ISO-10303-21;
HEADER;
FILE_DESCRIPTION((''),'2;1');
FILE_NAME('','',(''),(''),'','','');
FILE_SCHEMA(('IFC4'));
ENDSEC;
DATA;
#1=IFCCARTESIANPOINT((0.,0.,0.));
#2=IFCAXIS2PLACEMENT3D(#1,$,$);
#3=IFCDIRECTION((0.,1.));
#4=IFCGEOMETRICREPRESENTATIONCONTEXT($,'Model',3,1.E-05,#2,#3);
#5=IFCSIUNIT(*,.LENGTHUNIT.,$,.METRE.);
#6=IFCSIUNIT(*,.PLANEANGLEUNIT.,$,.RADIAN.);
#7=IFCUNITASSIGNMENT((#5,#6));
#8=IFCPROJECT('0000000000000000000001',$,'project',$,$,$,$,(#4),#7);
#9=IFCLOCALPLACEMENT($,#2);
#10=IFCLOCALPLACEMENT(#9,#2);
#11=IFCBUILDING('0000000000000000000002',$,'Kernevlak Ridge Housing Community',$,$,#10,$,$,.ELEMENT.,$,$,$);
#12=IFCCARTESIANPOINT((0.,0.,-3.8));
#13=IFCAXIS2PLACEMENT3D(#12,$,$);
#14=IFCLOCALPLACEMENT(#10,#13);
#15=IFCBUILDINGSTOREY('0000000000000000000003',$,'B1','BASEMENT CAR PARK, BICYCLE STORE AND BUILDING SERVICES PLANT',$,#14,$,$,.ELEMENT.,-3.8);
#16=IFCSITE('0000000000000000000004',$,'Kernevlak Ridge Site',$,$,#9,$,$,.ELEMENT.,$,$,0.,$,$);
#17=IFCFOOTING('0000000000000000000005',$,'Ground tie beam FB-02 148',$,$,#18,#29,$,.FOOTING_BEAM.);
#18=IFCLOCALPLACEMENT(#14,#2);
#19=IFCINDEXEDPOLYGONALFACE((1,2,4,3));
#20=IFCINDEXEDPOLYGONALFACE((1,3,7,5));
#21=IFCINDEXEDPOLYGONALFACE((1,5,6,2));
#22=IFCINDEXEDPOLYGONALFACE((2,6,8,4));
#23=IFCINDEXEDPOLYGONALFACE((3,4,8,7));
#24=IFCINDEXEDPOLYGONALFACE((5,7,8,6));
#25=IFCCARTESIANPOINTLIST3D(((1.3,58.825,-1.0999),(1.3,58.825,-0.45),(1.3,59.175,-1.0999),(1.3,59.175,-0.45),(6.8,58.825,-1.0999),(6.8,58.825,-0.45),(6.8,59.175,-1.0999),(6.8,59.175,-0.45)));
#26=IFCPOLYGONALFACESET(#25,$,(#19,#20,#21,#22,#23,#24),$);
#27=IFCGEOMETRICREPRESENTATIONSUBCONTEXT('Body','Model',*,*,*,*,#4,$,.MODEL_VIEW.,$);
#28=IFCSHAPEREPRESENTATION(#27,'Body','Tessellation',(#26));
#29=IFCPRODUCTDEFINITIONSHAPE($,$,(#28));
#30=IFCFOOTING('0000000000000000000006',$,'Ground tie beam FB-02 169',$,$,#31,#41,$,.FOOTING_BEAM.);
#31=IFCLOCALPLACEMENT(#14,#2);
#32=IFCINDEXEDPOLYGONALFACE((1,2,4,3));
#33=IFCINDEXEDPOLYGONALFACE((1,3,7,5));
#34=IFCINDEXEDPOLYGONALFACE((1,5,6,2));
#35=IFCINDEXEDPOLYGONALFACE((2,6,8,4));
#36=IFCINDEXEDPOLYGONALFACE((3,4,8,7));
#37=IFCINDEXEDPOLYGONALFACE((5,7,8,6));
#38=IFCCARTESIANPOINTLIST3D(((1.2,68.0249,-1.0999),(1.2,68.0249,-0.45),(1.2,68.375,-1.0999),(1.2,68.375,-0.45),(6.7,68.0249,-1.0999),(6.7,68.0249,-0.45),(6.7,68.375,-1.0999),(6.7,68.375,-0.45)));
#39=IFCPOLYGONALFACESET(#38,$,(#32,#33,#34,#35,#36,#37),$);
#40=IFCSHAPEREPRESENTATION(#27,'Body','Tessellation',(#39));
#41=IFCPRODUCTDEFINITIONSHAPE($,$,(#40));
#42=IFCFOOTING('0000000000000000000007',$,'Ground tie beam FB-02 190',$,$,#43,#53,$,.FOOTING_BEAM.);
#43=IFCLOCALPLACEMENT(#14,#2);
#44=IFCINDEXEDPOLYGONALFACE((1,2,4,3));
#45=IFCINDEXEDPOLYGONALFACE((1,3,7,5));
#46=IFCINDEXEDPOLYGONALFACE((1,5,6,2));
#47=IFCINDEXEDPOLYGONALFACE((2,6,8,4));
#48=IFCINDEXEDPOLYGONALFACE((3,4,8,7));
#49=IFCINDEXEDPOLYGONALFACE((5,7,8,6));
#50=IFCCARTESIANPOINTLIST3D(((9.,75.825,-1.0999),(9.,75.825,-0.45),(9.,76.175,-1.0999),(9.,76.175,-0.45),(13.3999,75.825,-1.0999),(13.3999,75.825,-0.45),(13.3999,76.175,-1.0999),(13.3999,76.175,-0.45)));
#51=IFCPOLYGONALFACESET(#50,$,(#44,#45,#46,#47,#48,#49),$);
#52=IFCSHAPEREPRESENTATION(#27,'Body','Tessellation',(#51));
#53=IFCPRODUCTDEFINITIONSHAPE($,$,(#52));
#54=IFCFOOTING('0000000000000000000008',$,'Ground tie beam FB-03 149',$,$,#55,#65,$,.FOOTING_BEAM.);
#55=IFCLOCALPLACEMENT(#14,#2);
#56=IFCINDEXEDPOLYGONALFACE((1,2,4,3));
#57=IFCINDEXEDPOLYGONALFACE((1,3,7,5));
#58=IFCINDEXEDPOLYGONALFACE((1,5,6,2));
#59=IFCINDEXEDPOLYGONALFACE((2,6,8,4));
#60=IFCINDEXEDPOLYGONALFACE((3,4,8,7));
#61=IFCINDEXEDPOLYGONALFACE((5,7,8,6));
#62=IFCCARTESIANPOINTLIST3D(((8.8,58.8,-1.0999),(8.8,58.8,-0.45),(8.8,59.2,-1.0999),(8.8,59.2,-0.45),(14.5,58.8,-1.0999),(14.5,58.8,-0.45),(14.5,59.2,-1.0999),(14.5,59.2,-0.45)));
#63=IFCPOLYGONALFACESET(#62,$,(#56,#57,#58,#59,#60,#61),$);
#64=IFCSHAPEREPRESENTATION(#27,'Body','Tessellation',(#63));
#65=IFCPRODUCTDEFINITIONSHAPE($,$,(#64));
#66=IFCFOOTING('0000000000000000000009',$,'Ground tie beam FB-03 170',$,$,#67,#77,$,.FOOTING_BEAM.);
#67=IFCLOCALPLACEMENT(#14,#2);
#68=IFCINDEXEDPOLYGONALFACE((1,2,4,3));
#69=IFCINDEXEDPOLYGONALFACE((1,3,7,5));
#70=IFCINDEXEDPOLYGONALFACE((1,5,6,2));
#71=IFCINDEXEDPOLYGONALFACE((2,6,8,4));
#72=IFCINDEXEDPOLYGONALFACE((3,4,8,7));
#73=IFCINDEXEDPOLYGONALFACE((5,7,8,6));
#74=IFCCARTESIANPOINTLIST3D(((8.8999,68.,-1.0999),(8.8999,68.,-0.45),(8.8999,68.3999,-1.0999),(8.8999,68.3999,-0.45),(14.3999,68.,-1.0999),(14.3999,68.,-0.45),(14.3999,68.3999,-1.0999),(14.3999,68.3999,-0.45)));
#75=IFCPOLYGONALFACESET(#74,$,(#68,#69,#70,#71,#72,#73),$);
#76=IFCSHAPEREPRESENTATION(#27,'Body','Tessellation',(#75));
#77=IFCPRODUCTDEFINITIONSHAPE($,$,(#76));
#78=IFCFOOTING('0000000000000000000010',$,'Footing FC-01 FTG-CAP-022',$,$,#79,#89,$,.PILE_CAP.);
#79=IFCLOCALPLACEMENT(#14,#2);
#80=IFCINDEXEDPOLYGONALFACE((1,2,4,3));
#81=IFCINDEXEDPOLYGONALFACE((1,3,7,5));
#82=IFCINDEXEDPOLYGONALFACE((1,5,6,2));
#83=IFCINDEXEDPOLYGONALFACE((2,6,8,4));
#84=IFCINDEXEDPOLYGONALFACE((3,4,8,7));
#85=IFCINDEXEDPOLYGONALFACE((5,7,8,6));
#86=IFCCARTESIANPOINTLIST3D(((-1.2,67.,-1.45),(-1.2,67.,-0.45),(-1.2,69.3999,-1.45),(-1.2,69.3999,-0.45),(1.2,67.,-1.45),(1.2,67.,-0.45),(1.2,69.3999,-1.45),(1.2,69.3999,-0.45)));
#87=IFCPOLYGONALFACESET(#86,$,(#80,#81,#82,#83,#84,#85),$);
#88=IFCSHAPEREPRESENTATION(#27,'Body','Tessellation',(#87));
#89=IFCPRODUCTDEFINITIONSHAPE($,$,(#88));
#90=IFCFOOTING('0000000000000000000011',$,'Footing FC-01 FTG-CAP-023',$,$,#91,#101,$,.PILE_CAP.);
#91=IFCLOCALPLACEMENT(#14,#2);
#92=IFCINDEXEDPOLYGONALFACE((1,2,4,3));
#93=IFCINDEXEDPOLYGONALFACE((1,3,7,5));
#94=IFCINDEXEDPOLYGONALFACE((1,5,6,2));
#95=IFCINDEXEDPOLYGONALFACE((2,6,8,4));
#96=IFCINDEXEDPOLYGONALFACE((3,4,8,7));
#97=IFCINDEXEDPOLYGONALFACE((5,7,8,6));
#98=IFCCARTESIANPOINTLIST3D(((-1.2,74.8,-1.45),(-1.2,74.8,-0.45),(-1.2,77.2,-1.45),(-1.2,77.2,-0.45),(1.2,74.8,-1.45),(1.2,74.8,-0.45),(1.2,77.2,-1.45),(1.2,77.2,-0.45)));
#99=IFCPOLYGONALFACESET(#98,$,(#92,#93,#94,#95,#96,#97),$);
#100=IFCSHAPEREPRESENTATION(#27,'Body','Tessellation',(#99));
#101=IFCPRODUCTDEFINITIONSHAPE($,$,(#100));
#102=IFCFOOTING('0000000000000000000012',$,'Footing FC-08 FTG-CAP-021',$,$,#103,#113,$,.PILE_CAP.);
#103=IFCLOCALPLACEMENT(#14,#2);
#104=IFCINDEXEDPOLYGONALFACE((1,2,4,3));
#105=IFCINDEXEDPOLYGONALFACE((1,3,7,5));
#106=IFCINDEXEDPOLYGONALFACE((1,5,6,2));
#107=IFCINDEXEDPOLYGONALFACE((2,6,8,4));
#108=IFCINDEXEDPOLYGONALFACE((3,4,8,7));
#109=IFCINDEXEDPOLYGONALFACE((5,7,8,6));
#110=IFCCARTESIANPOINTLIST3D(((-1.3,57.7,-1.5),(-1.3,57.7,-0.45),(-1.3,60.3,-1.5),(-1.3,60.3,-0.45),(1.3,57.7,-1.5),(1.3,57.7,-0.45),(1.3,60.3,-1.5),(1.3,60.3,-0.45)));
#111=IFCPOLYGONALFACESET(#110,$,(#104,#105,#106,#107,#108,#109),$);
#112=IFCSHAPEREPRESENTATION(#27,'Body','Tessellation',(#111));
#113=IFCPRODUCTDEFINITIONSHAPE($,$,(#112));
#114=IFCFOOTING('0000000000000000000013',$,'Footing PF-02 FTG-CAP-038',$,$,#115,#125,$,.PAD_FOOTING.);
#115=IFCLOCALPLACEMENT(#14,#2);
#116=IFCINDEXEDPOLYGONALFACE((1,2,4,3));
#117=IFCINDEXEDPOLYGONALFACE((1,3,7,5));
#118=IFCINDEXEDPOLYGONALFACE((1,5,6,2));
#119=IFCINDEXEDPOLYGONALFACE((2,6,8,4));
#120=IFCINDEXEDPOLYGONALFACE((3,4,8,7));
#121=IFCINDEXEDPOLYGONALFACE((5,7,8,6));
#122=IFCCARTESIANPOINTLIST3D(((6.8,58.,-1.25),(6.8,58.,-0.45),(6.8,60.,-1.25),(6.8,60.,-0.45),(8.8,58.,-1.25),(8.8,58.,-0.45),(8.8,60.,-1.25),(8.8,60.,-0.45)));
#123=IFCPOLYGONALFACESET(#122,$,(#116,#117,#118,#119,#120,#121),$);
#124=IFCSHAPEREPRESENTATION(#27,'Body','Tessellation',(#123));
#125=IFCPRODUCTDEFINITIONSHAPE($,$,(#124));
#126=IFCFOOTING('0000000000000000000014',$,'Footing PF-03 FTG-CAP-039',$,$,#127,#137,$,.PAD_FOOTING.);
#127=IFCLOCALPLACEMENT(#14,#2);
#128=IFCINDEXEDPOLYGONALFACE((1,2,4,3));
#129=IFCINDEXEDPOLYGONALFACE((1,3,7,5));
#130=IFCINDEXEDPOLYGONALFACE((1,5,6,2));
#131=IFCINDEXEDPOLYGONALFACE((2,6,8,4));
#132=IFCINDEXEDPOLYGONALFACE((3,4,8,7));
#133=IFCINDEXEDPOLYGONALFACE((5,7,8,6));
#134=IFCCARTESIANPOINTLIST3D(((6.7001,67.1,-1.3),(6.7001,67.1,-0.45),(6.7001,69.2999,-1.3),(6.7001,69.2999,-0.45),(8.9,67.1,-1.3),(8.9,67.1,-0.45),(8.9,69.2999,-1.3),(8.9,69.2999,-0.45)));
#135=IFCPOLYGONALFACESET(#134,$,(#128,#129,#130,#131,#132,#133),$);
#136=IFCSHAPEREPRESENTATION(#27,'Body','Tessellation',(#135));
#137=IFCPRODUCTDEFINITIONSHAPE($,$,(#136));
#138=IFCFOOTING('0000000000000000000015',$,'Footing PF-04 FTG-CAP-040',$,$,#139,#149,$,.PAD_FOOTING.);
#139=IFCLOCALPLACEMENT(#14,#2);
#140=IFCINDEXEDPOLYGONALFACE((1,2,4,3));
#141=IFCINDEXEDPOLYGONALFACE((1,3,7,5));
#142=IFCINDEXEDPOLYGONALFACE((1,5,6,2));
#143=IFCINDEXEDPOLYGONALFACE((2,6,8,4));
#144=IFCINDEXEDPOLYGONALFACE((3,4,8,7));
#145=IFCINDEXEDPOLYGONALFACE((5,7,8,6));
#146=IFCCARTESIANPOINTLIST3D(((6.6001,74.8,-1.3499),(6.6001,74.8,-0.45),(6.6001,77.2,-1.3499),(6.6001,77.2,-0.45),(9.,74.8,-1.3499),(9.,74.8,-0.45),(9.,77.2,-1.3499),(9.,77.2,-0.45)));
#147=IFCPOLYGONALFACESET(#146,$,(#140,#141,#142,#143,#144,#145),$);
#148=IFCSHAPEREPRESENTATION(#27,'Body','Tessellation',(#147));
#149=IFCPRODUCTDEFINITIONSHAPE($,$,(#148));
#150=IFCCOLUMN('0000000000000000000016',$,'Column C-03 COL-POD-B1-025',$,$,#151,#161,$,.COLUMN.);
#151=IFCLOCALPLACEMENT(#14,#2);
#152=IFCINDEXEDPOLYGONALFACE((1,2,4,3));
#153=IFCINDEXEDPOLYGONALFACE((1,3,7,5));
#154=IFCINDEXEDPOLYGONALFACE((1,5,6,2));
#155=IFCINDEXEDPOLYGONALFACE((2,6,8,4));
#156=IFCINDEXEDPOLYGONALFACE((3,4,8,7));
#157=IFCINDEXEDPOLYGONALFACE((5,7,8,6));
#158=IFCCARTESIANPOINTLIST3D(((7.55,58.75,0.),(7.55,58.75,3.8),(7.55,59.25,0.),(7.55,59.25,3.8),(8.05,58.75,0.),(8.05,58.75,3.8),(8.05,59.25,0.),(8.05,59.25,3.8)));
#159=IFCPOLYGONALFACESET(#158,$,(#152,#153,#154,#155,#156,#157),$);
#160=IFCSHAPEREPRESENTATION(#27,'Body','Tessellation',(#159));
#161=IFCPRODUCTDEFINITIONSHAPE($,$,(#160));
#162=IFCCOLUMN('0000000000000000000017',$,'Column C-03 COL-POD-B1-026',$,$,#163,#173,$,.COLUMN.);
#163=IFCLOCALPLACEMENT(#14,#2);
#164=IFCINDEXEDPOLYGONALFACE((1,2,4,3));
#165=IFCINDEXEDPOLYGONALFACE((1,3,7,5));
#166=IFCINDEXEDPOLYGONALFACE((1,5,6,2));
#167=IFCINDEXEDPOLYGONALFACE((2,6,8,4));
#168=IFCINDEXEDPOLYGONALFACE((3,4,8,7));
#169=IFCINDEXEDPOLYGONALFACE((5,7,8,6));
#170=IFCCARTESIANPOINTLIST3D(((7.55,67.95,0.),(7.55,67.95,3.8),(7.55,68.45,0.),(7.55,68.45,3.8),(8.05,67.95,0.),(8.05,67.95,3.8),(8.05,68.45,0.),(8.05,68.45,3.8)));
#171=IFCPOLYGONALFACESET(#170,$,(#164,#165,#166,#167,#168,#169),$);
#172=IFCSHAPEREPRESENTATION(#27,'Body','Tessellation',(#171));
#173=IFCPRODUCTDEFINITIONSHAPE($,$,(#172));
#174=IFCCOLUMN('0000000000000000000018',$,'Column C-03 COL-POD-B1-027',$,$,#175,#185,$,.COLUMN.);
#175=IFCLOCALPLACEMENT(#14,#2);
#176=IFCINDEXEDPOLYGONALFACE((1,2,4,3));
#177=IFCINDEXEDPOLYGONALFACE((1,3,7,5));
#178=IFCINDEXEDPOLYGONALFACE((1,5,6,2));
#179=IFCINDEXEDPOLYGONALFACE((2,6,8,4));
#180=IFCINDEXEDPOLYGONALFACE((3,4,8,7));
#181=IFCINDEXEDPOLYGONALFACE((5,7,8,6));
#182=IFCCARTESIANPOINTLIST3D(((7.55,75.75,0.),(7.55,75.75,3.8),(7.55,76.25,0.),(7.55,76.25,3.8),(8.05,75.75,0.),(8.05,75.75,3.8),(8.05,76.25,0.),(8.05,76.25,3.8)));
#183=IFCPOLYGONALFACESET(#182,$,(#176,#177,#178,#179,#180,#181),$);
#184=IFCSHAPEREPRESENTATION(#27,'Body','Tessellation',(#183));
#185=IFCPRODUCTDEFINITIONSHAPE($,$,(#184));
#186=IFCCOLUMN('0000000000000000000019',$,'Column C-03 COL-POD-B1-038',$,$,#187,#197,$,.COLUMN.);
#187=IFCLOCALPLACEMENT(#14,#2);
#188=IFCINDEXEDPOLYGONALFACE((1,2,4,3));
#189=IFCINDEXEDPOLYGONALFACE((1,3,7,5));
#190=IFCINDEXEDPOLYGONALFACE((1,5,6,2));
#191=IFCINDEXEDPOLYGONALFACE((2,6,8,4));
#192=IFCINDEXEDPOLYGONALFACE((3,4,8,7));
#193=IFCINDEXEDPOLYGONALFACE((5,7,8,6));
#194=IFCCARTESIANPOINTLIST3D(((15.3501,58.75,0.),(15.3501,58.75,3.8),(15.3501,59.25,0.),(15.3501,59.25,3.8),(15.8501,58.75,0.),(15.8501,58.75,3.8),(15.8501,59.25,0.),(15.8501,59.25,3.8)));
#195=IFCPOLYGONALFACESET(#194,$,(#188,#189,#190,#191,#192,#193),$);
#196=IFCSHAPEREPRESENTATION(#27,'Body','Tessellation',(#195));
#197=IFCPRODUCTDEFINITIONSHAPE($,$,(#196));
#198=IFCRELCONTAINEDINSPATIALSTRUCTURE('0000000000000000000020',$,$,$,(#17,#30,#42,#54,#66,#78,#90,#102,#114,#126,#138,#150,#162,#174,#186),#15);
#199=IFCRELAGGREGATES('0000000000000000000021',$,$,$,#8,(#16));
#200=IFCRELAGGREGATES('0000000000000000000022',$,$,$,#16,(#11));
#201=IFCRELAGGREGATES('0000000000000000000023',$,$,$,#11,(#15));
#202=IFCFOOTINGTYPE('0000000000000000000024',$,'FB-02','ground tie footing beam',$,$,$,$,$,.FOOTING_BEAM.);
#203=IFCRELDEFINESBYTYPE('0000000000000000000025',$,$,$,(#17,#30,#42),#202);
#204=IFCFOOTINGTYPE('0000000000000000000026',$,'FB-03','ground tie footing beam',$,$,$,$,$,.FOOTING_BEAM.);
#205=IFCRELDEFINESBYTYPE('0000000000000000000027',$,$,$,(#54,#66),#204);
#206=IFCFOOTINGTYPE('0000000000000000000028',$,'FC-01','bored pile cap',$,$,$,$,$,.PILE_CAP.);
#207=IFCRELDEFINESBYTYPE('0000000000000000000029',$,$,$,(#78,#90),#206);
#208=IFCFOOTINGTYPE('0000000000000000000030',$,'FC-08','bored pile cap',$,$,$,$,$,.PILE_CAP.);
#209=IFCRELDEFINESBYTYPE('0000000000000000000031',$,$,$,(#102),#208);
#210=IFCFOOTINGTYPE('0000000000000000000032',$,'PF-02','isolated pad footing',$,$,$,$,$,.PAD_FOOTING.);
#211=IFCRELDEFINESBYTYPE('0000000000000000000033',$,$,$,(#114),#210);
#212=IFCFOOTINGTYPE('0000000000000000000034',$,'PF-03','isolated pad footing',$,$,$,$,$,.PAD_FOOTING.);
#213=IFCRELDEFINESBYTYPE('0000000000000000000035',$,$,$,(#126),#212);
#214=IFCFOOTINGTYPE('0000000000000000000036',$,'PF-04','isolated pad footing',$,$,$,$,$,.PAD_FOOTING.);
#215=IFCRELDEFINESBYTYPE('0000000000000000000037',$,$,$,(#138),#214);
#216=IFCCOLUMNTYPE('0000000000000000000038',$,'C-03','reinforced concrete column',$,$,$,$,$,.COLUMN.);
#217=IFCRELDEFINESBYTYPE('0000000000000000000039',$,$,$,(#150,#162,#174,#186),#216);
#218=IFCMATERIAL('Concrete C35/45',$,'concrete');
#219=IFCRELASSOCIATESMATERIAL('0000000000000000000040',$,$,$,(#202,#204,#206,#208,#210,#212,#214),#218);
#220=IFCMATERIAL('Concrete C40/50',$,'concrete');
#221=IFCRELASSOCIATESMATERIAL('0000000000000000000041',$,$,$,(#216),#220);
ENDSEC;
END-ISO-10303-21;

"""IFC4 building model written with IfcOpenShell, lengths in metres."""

from ifc_helpers import new_model, si_unit, direction, frame, origin, origin_2d, place, context, subcontext, project, spatial, rectangle, extrude, material, material_profile, profile_set, type_object, element, save


model = new_model("IFC4")

# Units and contexts
model_context = context("Model", 3, precision=1e-05, world=origin(), true_north=direction((0.0, 1.0)))
body_context = subcontext(model_context, "Body", "Model", "MODEL_VIEW")
ifc_project = project(units=[si_unit("LENGTHUNIT", "METRE"), si_unit("PLANEANGLEUNIT", "RADIAN")], contexts=[model_context])

# Site, building, storey
site_placement = place(None, origin())
site = spatial("IfcSite", under=ifc_project, at=site_placement, Name="Kernevlak Ridge Site", CompositionType="ELEMENT", RefElevation=0.0)
building_placement = place(site_placement, origin())
building = spatial("IfcBuilding", under=site, at=building_placement, Name="Kernevlak Ridge Housing Community", CompositionType="ELEMENT")
storey_placement = place(building_placement, frame((0.0, 0.0, -3.8)))
storey = spatial("IfcBuildingStorey", under=building, at=storey_placement, Name="B1", Description="BASEMENT CAR PARK, BICYCLE STORE AND BUILDING SERVICES PLANT", CompositionType="ELEMENT", Elevation=-3.8)

# Shared definitions
ifc_material_1 = material(Name="Concrete C35/45", Category="concrete")

# Footings
ifc_material_profile_1 = material_profile(ifc_material_1, rectangle(XDim=0.3501, YDim=0.6499, at=origin_2d()), Name="RC 350x650")
ifc_profile_set_1 = profile_set([ifc_material_profile_1], Name="Concrete C35/45")
footing_type_1 = type_object("IfcFootingType", Name="FB-02", Description="ground tie footing beam", PredefinedType="FOOTING_BEAM", material=ifc_profile_set_1)
for number, where, z_axis, x_axis, name in (
    (1, (1.3, 59.0, -0.7749), (1.0, 0.0, 0.0), (0.0, 1.0, 0.0), "Ground tie beam FB-02 148"),
    (2, (1.2, 68.2, -0.7749), (1.0, 0.0, 0.0), (0.0, 1.0, 0.0), "Ground tie beam FB-02 169"),
):
    element("IfcFooting", number, at=place(storey_placement, frame(where, z_axis=z_axis, x_axis=x_axis)), inside=storey, type_object=footing_type_1, Name=name, PredefinedType="FOOTING_BEAM", context=body_context, shape_type="SweptSolid", body=[
        extrude(rectangle(XDim=0.3501, YDim=0.6499, at=origin_2d()), origin(), (0.0, 0.0, 1.0), 5.5),
    ])
footing_1_placement = place(storey_placement, frame((9.0, 76.0, -0.7749), z_axis=(1.0, 0.0, 0.0), x_axis=(0.0, 1.0, 0.0)))
element("IfcFooting", 3, at=footing_1_placement, inside=storey, type_object=footing_type_1, Name="Ground tie beam FB-02 190", PredefinedType="FOOTING_BEAM", context=body_context, shape_type="SweptSolid", body=[
    extrude(rectangle(XDim=0.3501, YDim=0.6499, at=origin_2d()), origin(), (0.0, 0.0, 1.0), 4.3999),
])
ifc_material_profile_2 = material_profile(ifc_material_1, rectangle(XDim=0.3999, YDim=0.6499, at=origin_2d()), Name="RC 400x650")
ifc_profile_set_2 = profile_set([ifc_material_profile_2], Name="Concrete C35/45")
footing_type_2 = type_object("IfcFootingType", Name="FB-03", Description="ground tie footing beam", PredefinedType="FOOTING_BEAM", material=ifc_profile_set_2)
footing_2_placement = place(storey_placement, frame((8.8, 59.0, -0.7749), z_axis=(1.0, 0.0, 0.0), x_axis=(0.0, 1.0, 0.0)))
element("IfcFooting", 4, at=footing_2_placement, inside=storey, type_object=footing_type_2, Name="Ground tie beam FB-03 149", PredefinedType="FOOTING_BEAM", context=body_context, shape_type="SweptSolid", body=[
    extrude(rectangle(XDim=0.3999, YDim=0.6499, at=origin_2d()), origin(), (0.0, 0.0, 1.0), 5.7),
])
footing_3_placement = place(storey_placement, frame((8.8999, 68.2, -0.7749), z_axis=(1.0, 0.0, 0.0), x_axis=(0.0, 1.0, 0.0)))
element("IfcFooting", 5, at=footing_3_placement, inside=storey, type_object=footing_type_2, Name="Ground tie beam FB-03 170", PredefinedType="FOOTING_BEAM", context=body_context, shape_type="SweptSolid", body=[
    extrude(rectangle(XDim=0.3999, YDim=0.6499, at=origin_2d()), origin(), (0.0, 0.0, 1.0), 5.5),
])
footing_type_3 = type_object("IfcFootingType", Name="FC-01", Description="bored pile cap", PredefinedType="PILE_CAP", material=ifc_material_1)
for number, where, z_axis, x_axis, name in (
    (6, (0.0, 68.2, -1.45), (0.0, 0.0, 1.0), (1.0, 0.0, 0.0), "Footing FC-01 FTG-CAP-022"),
    (7, (0.0, 76.0, -1.45), (0.0, 0.0, 1.0), (1.0, 0.0, 0.0), "Footing FC-01 FTG-CAP-023"),
):
    element("IfcFooting", number, at=place(storey_placement, frame(where, z_axis=z_axis, x_axis=x_axis)), inside=storey, type_object=footing_type_3, Name=name, PredefinedType="PILE_CAP", context=body_context, shape_type="SweptSolid", body=[
        extrude(rectangle(XDim=2.3999, YDim=2.3999, at=origin_2d()), origin(), (0.0, 0.0, 1.0), 1.0),
    ])
footing_type_4 = type_object("IfcFootingType", Name="FC-08", Description="bored pile cap", PredefinedType="PILE_CAP", material=ifc_material_1)
footing_4_placement = place(storey_placement, frame((0.0, 59.0, -1.5), z_axis=(0.0, 0.0, 1.0), x_axis=(1.0, 0.0, 0.0)))
element("IfcFooting", 8, at=footing_4_placement, inside=storey, type_object=footing_type_4, Name="Footing FC-08 FTG-CAP-021", PredefinedType="PILE_CAP", context=body_context, shape_type="SweptSolid", body=[
    extrude(rectangle(XDim=2.6001, YDim=2.6001, at=origin_2d()), origin(), (0.0, 0.0, 1.0), 1.05),
])
footing_type_5 = type_object("IfcFootingType", Name="PF-02", Description="isolated pad footing", PredefinedType="PAD_FOOTING", material=ifc_material_1)
footing_5_placement = place(storey_placement, frame((7.8, 59.0, -1.25), z_axis=(0.0, 0.0, 1.0), x_axis=(1.0, 0.0, 0.0)))
element("IfcFooting", 9, at=footing_5_placement, inside=storey, type_object=footing_type_5, Name="Footing PF-02 FTG-CAP-038", PredefinedType="PAD_FOOTING", context=body_context, shape_type="SweptSolid", body=[
    extrude(rectangle(XDim=2.0, YDim=2.0, at=origin_2d()), origin(), (0.0, 0.0, 1.0), 0.8),
])
footing_type_6 = type_object("IfcFootingType", Name="PF-03", Description="isolated pad footing", PredefinedType="PAD_FOOTING", material=ifc_material_1)
footing_6_placement = place(storey_placement, frame((7.8, 68.2, -1.3), z_axis=(0.0, 0.0, 1.0), x_axis=(1.0, 0.0, 0.0)))
element("IfcFooting", 10, at=footing_6_placement, inside=storey, type_object=footing_type_6, Name="Footing PF-03 FTG-CAP-039", PredefinedType="PAD_FOOTING", context=body_context, shape_type="SweptSolid", body=[
    extrude(rectangle(XDim=2.2, YDim=2.2, at=origin_2d()), origin(), (0.0, 0.0, 1.0), 0.8501),
])
footing_type_7 = type_object("IfcFootingType", Name="PF-04", Description="isolated pad footing", PredefinedType="PAD_FOOTING", material=ifc_material_1)
footing_7_placement = place(storey_placement, frame((7.8, 76.0, -1.3499), z_axis=(0.0, 0.0, 1.0), x_axis=(1.0, 0.0, 0.0)))
element("IfcFooting", 11, at=footing_7_placement, inside=storey, type_object=footing_type_7, Name="Footing PF-04 FTG-CAP-040", PredefinedType="PAD_FOOTING", context=body_context, shape_type="SweptSolid", body=[
    extrude(rectangle(XDim=2.3999, YDim=2.3999, at=origin_2d()), origin(), (0.0, 0.0, 1.0), 0.8999),
])

# Columns
ifc_material_2 = material(Name="Concrete C40/50", Category="concrete")
ifc_material_profile_3 = material_profile(ifc_material_2, rectangle(XDim=0.5, YDim=0.5, at=origin_2d()), Name="RC 500x500")
ifc_profile_set_3 = profile_set([ifc_material_profile_3], Name="Concrete C40/50")
column_type_1 = type_object("IfcColumnType", Name="C-03", Description="reinforced concrete column", PredefinedType="COLUMN", material=ifc_profile_set_3)
for number, where, z_axis, x_axis, name in (
    (12, (7.8, 59.0, 0.0), (0.0, 0.0, 1.0), (1.0, 0.0, 0.0), "Column C-03 COL-POD-B1-025"),
    (13, (7.8, 68.2, 0.0), (0.0, 0.0, 1.0), (1.0, 0.0, 0.0), "Column C-03 COL-POD-B1-026"),
    (14, (7.8, 76.0, 0.0), (0.0, 0.0, 1.0), (1.0, 0.0, 0.0), "Column C-03 COL-POD-B1-027"),
    (15, (15.6001, 59.0, 0.0), (0.0, 0.0, 1.0), (1.0, 0.0, 0.0), "Column C-03 COL-POD-B1-038"),
):
    element("IfcColumn", number, at=place(storey_placement, frame(where, z_axis=z_axis, x_axis=x_axis)), inside=storey, type_object=column_type_1, Name=name, PredefinedType="COLUMN", context=body_context, shape_type="SweptSolid", body=[
        extrude(rectangle(XDim=0.5, YDim=0.5, at=origin_2d()), origin(), (0.0, 0.0, 1.0), 3.8),
    ])

save(model, "model.ifc")
